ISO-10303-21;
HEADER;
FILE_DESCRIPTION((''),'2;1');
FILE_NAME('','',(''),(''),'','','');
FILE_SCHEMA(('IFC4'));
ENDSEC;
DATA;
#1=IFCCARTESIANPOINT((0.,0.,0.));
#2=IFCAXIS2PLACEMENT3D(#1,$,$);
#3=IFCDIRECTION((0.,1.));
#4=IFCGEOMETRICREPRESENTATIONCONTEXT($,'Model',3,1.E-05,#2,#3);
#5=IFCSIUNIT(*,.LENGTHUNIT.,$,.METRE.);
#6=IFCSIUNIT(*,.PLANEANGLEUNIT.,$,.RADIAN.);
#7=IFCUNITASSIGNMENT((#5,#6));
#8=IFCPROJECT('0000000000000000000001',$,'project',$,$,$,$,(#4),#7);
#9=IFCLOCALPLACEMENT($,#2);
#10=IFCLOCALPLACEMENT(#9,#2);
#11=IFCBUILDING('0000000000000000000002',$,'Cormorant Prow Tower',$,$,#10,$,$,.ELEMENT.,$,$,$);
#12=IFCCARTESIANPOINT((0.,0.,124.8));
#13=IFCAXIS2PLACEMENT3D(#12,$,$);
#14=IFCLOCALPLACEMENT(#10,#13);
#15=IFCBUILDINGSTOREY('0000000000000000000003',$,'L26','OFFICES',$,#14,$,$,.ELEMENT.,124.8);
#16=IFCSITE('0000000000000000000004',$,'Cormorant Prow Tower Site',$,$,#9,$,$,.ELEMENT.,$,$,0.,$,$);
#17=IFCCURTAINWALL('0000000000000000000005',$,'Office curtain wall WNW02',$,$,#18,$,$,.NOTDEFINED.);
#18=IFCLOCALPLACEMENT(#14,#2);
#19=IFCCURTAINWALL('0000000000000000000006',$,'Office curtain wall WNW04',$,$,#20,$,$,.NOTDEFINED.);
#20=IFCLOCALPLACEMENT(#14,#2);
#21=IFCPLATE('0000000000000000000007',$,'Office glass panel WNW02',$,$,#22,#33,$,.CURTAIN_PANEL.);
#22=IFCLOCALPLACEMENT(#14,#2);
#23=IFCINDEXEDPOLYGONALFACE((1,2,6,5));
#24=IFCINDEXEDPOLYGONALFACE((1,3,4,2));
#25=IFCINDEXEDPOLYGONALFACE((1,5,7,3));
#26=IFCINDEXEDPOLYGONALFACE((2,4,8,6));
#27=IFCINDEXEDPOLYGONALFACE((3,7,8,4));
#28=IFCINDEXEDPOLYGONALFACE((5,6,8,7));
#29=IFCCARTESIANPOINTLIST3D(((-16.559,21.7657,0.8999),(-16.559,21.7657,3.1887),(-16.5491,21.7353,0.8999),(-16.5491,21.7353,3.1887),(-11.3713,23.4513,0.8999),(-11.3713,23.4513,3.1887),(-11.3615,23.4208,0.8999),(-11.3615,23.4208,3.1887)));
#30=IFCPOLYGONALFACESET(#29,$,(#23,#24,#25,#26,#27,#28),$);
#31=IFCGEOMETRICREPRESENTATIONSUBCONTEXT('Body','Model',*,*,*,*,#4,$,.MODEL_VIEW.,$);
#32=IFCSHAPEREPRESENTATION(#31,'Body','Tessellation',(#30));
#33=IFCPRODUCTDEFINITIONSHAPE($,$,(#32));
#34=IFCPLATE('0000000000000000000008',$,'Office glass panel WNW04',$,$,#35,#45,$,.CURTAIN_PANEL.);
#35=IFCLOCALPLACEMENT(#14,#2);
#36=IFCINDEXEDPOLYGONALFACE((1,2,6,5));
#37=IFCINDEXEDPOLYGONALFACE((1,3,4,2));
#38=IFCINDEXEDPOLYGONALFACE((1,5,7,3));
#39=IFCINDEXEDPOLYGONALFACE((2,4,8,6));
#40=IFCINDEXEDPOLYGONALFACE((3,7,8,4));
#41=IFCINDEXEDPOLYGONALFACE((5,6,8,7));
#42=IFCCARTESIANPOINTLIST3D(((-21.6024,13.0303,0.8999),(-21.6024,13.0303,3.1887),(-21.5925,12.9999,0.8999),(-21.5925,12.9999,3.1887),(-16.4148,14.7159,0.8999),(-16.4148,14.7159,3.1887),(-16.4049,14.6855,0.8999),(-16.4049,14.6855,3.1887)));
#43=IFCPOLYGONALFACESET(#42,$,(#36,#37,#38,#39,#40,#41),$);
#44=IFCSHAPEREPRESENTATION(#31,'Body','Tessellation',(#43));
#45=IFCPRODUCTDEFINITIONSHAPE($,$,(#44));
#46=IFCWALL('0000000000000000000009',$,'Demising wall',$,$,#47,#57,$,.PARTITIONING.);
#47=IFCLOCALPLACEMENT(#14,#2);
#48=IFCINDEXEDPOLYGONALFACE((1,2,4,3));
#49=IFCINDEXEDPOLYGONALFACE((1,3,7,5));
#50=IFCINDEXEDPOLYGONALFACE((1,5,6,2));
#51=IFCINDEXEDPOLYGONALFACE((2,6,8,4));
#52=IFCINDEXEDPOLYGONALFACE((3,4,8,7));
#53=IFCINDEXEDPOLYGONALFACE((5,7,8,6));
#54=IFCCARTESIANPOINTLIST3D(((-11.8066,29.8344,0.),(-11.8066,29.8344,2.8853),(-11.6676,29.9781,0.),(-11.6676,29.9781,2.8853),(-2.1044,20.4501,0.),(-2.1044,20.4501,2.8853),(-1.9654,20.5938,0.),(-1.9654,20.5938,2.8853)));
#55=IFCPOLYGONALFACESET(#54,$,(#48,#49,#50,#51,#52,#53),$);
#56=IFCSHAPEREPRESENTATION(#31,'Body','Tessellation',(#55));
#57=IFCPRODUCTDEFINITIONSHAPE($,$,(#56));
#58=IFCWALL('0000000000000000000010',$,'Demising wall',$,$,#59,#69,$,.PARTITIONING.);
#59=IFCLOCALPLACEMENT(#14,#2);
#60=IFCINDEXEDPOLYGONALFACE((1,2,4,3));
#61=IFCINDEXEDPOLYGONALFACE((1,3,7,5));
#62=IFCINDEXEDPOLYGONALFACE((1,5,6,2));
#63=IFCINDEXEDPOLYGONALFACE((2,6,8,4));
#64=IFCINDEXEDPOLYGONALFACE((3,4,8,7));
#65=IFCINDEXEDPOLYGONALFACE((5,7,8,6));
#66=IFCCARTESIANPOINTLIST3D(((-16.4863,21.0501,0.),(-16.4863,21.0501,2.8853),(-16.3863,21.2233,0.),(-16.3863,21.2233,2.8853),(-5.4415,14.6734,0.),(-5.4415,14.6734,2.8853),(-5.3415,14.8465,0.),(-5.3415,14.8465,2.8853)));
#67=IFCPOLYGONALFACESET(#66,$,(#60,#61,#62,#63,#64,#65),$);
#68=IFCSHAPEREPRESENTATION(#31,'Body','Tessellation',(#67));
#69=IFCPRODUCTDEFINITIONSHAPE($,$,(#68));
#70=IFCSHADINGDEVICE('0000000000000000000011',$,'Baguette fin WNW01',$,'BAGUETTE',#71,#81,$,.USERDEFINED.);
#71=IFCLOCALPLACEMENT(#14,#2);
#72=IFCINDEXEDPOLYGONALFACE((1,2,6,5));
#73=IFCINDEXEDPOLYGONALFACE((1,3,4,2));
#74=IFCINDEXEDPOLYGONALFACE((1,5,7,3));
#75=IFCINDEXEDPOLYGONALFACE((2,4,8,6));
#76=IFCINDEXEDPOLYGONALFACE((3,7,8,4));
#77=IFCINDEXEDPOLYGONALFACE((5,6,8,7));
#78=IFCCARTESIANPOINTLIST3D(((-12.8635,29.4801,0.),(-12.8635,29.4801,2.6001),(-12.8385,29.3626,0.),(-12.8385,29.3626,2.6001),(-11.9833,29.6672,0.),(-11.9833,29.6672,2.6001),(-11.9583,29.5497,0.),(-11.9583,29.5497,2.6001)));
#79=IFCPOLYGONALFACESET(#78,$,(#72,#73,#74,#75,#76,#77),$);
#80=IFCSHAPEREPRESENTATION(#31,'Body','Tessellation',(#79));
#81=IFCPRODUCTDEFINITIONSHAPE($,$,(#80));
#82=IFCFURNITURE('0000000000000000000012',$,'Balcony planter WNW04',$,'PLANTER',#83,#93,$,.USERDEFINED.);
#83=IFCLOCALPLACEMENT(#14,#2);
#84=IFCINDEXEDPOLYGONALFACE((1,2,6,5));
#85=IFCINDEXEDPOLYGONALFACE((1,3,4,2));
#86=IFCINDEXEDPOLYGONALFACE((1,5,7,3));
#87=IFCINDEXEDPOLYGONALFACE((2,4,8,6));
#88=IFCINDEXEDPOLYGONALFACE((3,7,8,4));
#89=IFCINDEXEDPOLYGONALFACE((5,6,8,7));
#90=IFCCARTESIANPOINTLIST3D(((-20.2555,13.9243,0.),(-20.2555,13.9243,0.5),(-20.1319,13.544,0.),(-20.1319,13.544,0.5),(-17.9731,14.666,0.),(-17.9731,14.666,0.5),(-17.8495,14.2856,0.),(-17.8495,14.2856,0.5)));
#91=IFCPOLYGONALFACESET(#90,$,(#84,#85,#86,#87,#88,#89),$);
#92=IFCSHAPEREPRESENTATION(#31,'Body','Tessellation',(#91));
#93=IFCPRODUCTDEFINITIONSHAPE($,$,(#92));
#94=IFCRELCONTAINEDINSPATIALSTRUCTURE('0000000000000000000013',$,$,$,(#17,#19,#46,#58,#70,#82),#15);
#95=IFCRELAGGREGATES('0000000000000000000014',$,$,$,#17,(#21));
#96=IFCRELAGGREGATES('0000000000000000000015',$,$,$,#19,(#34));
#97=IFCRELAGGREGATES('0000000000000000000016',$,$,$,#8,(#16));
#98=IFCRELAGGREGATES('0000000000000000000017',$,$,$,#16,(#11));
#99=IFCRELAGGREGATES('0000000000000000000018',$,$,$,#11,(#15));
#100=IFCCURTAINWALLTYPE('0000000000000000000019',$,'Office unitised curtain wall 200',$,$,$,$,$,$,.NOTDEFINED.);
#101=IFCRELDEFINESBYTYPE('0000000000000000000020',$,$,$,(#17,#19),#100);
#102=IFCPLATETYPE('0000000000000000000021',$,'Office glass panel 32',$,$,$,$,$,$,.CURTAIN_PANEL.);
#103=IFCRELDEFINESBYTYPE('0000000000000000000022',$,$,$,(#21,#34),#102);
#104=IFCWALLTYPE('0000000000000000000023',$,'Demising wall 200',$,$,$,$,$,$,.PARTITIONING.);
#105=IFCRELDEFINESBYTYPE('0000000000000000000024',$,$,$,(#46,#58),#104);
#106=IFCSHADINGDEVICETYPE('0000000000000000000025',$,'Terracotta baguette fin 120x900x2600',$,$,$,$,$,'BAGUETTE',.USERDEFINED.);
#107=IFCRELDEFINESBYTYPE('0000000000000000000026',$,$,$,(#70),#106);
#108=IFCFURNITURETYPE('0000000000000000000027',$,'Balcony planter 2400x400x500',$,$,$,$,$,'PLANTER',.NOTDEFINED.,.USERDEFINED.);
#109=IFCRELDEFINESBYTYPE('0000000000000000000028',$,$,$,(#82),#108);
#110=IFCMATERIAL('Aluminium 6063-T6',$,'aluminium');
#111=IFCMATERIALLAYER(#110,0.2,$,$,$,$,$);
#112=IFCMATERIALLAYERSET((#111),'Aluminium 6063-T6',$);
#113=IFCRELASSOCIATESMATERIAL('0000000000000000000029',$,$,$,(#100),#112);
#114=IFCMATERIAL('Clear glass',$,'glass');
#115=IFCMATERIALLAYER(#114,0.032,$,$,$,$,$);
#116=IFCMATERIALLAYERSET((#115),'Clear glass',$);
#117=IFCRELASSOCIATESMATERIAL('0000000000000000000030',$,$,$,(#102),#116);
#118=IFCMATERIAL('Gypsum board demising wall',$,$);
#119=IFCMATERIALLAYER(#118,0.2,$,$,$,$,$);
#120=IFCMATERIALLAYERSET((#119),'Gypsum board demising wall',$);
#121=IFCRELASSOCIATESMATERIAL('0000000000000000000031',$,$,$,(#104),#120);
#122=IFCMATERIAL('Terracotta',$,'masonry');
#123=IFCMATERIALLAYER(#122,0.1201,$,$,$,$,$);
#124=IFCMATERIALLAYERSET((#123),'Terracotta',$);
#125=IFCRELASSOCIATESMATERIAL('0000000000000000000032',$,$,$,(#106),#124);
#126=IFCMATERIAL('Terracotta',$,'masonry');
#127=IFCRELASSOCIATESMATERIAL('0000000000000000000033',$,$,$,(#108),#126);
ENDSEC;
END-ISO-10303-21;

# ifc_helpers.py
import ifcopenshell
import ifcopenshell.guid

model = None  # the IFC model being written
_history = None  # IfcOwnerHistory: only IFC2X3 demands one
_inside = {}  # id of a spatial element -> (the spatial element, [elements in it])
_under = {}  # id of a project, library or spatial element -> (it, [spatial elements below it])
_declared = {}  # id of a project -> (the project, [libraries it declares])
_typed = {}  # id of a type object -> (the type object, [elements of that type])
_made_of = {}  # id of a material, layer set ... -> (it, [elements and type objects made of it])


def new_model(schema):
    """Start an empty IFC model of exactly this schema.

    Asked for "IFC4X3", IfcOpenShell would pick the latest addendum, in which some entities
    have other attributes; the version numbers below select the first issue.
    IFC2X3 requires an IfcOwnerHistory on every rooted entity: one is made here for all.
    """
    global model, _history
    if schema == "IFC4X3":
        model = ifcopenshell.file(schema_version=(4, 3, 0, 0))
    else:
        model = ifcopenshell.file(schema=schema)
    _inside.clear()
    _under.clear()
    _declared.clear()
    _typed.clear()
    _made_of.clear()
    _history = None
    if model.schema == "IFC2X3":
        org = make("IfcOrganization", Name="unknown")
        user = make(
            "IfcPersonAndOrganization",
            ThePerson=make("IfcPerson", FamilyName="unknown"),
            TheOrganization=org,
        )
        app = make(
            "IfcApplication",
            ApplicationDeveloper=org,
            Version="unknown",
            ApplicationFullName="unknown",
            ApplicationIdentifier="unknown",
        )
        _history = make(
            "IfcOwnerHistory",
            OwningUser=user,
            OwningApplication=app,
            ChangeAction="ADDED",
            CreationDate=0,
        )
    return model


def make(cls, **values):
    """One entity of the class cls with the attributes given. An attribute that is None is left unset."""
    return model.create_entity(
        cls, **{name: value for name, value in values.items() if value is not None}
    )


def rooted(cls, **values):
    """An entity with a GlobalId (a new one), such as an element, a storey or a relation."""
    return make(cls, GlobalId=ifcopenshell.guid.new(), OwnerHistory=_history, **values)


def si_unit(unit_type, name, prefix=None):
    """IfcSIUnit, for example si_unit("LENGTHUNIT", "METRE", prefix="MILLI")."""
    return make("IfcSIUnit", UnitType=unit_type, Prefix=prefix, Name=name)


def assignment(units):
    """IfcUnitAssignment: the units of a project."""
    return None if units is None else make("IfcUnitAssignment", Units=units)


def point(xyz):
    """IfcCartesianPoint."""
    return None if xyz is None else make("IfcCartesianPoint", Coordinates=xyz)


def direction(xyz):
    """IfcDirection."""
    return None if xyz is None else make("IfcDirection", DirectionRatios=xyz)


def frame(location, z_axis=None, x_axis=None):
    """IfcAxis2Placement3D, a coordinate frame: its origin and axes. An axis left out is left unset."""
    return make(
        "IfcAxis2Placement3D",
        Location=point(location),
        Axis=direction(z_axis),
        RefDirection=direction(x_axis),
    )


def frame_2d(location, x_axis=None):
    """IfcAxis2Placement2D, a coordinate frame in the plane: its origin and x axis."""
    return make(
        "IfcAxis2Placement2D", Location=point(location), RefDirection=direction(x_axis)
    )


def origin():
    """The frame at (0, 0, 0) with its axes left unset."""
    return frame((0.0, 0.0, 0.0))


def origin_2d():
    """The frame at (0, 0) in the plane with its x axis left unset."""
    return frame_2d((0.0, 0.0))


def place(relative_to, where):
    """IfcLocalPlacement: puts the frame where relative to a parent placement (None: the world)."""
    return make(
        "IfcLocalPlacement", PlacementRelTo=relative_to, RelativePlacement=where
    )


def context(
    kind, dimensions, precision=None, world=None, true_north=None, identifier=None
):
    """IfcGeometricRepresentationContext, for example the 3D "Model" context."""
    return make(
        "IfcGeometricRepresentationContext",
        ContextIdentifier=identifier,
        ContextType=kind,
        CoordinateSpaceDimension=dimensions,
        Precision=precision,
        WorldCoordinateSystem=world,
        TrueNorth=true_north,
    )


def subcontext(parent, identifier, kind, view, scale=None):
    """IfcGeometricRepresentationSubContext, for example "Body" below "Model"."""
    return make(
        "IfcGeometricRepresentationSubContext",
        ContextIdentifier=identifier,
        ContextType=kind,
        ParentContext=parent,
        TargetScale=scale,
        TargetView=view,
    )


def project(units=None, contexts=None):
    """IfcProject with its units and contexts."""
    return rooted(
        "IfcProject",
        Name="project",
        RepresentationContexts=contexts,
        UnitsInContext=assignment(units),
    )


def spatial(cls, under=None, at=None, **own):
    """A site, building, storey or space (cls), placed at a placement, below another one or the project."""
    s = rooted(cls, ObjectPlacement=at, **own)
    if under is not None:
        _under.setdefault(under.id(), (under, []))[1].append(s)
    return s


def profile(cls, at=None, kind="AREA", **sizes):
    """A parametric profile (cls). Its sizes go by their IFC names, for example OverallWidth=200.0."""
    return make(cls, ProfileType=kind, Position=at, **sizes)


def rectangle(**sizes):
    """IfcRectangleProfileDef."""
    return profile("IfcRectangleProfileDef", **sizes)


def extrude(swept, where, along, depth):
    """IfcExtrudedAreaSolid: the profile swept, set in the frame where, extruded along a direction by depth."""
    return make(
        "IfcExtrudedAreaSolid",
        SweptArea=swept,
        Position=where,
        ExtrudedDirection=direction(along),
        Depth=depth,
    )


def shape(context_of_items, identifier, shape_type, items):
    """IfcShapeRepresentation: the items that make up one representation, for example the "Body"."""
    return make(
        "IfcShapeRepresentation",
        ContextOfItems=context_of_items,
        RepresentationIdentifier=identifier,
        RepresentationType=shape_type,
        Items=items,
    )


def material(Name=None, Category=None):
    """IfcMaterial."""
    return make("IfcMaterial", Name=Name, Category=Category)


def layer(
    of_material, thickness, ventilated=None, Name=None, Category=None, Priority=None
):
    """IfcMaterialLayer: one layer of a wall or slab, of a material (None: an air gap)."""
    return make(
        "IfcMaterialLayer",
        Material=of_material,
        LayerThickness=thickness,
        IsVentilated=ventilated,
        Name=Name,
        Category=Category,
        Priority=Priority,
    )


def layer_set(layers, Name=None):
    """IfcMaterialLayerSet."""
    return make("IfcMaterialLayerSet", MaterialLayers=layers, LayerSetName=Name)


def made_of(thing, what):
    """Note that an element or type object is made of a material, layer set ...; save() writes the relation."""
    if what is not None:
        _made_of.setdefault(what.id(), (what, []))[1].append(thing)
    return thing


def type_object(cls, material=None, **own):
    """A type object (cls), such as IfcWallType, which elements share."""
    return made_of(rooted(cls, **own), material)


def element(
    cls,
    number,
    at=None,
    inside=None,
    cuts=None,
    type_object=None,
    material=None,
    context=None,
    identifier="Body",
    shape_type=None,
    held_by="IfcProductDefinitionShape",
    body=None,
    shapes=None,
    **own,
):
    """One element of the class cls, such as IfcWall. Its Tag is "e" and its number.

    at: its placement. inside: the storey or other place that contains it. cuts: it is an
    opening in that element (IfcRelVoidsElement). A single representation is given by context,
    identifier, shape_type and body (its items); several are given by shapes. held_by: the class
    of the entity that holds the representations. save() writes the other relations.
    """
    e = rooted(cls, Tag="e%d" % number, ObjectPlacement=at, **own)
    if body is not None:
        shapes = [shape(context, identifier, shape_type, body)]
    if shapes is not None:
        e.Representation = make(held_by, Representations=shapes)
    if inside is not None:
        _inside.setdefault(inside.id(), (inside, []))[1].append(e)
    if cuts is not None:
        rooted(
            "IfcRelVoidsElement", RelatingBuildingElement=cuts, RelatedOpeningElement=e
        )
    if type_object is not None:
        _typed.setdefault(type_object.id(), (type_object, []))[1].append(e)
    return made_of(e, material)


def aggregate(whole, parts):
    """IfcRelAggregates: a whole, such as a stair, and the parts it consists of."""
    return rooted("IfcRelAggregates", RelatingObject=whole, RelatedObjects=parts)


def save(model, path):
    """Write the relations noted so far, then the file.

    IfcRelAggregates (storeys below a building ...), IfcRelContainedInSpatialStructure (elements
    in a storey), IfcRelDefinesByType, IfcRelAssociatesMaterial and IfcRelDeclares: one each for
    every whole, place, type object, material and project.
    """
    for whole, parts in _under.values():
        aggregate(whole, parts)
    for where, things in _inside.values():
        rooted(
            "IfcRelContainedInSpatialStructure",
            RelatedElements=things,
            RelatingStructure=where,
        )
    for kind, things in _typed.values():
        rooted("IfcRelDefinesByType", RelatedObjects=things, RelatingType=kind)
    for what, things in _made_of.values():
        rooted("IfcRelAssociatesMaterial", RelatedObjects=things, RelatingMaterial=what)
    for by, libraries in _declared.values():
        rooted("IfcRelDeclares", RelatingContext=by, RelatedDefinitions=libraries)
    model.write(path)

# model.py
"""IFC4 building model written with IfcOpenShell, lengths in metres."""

from ifc_helpers import new_model, si_unit, direction, frame, frame_2d, origin, origin_2d, place, context, subcontext, project, spatial, rectangle, extrude, material, layer, layer_set, type_object, element, aggregate, save


model = new_model("IFC4")

# Units and contexts
model_context = context("Model", 3, precision=1e-05, world=origin(), true_north=direction((0.0, 1.0)))
body_context = subcontext(model_context, "Body", "Model", "MODEL_VIEW")
ifc_project = project(units=[si_unit("LENGTHUNIT", "METRE"), si_unit("PLANEANGLEUNIT", "RADIAN")], contexts=[model_context])

# Site, building, storey
site_placement = place(None, origin())
site = spatial("IfcSite", under=ifc_project, at=site_placement, Name="Cormorant Prow Tower Site", CompositionType="ELEMENT", RefElevation=0.0)
building_placement = place(site_placement, origin())
building = spatial("IfcBuilding", under=site, at=building_placement, Name="Cormorant Prow Tower", CompositionType="ELEMENT")
storey_placement = place(building_placement, frame((0.0, 0.0, 124.8)))
storey = spatial("IfcBuildingStorey", under=building, at=storey_placement, Name="L26", Description="OFFICES", CompositionType="ELEMENT", Elevation=124.8)

# Curtain walls
ifc_material_1 = material(Name="Aluminium 6063-T6", Category="aluminium")
ifc_layer_1 = layer(ifc_material_1, 0.2)
ifc_layer_set_1 = layer_set([ifc_layer_1], Name="Aluminium 6063-T6")
curtain_wall_type = type_object("IfcCurtainWallType", Name="Office unitised curtain wall 200", PredefinedType="NOTDEFINED", material=ifc_layer_set_1)
curtain_wall_1_placement = place(storey_placement, origin())
curtain_wall_1 = element("IfcCurtainWall", 1, at=curtain_wall_1_placement, inside=storey, type_object=curtain_wall_type, Name="Office curtain wall WNW02", PredefinedType="NOTDEFINED")
curtain_wall_2_placement = place(storey_placement, origin())
curtain_wall_2 = element("IfcCurtainWall", 2, at=curtain_wall_2_placement, inside=storey, type_object=curtain_wall_type, Name="Office curtain wall WNW04", PredefinedType="NOTDEFINED")

# Plates
ifc_material_2 = material(Name="Clear glass", Category="glass")
ifc_layer_2 = layer(ifc_material_2, 0.032)
ifc_layer_set_2 = layer_set([ifc_layer_2], Name="Clear glass")
plate_type = type_object("IfcPlateType", Name="Office glass panel 32", PredefinedType="CURTAIN_PANEL", material=ifc_layer_set_2)
plate_1_placement = place(storey_placement, frame((-13.9602, 22.5933, 0.8999), z_axis=(0.0, 0.0, 1.0), x_axis=(-0.951057, -0.309017, 0.0)))
plate_1 = element("IfcPlate", 3, at=plate_1_placement, type_object=plate_type, Name="Office glass panel WNW02", PredefinedType="CURTAIN_PANEL", context=body_context, shape_type="SweptSolid", body=[
    extrude(rectangle(XDim=5.4546, YDim=0.032, at=origin_2d()), origin(), (0.0, 0.0, 1.0), 2.2888),
])
aggregate(curtain_wall_1, [plate_1])
plate_2_placement = place(storey_placement, frame((-19.0037, 13.8579, 0.8999), z_axis=(0.0, 0.0, 1.0), x_axis=(-0.951057, -0.309017, 0.0)))
plate_2 = element("IfcPlate", 4, at=plate_2_placement, type_object=plate_type, Name="Office glass panel WNW04", PredefinedType="CURTAIN_PANEL", context=body_context, shape_type="SweptSolid", body=[
    extrude(rectangle(XDim=5.4546, YDim=0.032, at=origin_2d()), origin(), (0.0, 0.0, 1.0), 2.2888),
])
aggregate(curtain_wall_2, [plate_2])

# Walls
ifc_material_3 = material(Name="Gypsum board demising wall")
ifc_layer_3 = layer(ifc_material_3, 0.2)
ifc_layer_set_3 = layer_set([ifc_layer_3], Name="Gypsum board demising wall")
wall_type_1 = type_object("IfcWallType", Name="Demising wall 200", PredefinedType="PARTITIONING", material=ifc_layer_set_3)
wall_1_placement = place(storey_placement, frame((-11.7371, 29.9062, 0.0), z_axis=(0.0, 0.0, 1.0), x_axis=(0.718783, -0.695234, 0.0)))
element("IfcWall", 5, at=wall_1_placement, inside=storey, type_object=wall_type_1, Name="Demising wall", PredefinedType="PARTITIONING", context=body_context, shape_type="SweptSolid", body=[
    extrude(rectangle(XDim=13.498, YDim=0.2, at=frame_2d((6.749, 0.0))), origin(), (0.0, 0.0, 1.0), 2.8853),
])
wall_2_placement = place(storey_placement, frame((-16.4363, 21.1367, 0.0), z_axis=(0.0, 0.0, 1.0), x_axis=(0.866023, -0.500004, 0.0)))
element("IfcWall", 6, at=wall_2_placement, inside=storey, type_object=wall_type_1, Name="Demising wall", PredefinedType="PARTITIONING", context=body_context, shape_type="SweptSolid", body=[
    extrude(rectangle(XDim=12.7534, YDim=0.2, at=frame_2d((6.3767, 0.0))), origin(), (0.0, 0.0, 1.0), 2.8853),
])

# Shading device
ifc_material_4 = material(Name="Terracotta", Category="masonry")
ifc_layer_4 = layer(ifc_material_4, 0.1201)
ifc_layer_set_4 = layer_set([ifc_layer_4], Name="Terracotta")
shading_device_type = type_object("IfcShadingDeviceType", Name="Terracotta baguette fin 120x900x2600", ElementType="BAGUETTE", PredefinedType="USERDEFINED", material=ifc_layer_set_4)
shading_device_placement = place(storey_placement, frame((-12.4109, 29.5149, 0.0), z_axis=(0.0, 0.0, 1.0), x_axis=(0.207912, -0.978148, 0.0)))
element("IfcShadingDevice", 7, at=shading_device_placement, inside=storey, type_object=shading_device_type, Name="Baguette fin WNW01", ObjectType="BAGUETTE", PredefinedType="USERDEFINED", context=body_context, shape_type="SweptSolid", body=[
    extrude(rectangle(XDim=0.1201, YDim=0.8999, at=origin_2d()), origin(), (0.0, 0.0, 1.0), 2.6001),
])

# Furniture
ifc_material_5 = material(Name="Terracotta", Category="masonry")
furniture_type = type_object("IfcFurnitureType", Name="Balcony planter 2400x400x500", ElementType="PLANTER", AssemblyPlace="NOTDEFINED", PredefinedType="USERDEFINED", material=ifc_material_5)
furniture_placement = place(storey_placement, frame((-19.0525, 14.105, 0.0), z_axis=(0.0, 0.0, 1.0), x_axis=(-0.951057, -0.309017, 0.0)))
element("IfcFurniture", 8, at=furniture_placement, inside=storey, type_object=furniture_type, Name="Balcony planter WNW04", ObjectType="PLANTER", PredefinedType="USERDEFINED", context=body_context, shape_type="SweptSolid", body=[
    extrude(rectangle(XDim=2.3999, YDim=0.3999, at=origin_2d()), origin(), (0.0, 0.0, 1.0), 0.5),
])

save(model, "model.ifc")
